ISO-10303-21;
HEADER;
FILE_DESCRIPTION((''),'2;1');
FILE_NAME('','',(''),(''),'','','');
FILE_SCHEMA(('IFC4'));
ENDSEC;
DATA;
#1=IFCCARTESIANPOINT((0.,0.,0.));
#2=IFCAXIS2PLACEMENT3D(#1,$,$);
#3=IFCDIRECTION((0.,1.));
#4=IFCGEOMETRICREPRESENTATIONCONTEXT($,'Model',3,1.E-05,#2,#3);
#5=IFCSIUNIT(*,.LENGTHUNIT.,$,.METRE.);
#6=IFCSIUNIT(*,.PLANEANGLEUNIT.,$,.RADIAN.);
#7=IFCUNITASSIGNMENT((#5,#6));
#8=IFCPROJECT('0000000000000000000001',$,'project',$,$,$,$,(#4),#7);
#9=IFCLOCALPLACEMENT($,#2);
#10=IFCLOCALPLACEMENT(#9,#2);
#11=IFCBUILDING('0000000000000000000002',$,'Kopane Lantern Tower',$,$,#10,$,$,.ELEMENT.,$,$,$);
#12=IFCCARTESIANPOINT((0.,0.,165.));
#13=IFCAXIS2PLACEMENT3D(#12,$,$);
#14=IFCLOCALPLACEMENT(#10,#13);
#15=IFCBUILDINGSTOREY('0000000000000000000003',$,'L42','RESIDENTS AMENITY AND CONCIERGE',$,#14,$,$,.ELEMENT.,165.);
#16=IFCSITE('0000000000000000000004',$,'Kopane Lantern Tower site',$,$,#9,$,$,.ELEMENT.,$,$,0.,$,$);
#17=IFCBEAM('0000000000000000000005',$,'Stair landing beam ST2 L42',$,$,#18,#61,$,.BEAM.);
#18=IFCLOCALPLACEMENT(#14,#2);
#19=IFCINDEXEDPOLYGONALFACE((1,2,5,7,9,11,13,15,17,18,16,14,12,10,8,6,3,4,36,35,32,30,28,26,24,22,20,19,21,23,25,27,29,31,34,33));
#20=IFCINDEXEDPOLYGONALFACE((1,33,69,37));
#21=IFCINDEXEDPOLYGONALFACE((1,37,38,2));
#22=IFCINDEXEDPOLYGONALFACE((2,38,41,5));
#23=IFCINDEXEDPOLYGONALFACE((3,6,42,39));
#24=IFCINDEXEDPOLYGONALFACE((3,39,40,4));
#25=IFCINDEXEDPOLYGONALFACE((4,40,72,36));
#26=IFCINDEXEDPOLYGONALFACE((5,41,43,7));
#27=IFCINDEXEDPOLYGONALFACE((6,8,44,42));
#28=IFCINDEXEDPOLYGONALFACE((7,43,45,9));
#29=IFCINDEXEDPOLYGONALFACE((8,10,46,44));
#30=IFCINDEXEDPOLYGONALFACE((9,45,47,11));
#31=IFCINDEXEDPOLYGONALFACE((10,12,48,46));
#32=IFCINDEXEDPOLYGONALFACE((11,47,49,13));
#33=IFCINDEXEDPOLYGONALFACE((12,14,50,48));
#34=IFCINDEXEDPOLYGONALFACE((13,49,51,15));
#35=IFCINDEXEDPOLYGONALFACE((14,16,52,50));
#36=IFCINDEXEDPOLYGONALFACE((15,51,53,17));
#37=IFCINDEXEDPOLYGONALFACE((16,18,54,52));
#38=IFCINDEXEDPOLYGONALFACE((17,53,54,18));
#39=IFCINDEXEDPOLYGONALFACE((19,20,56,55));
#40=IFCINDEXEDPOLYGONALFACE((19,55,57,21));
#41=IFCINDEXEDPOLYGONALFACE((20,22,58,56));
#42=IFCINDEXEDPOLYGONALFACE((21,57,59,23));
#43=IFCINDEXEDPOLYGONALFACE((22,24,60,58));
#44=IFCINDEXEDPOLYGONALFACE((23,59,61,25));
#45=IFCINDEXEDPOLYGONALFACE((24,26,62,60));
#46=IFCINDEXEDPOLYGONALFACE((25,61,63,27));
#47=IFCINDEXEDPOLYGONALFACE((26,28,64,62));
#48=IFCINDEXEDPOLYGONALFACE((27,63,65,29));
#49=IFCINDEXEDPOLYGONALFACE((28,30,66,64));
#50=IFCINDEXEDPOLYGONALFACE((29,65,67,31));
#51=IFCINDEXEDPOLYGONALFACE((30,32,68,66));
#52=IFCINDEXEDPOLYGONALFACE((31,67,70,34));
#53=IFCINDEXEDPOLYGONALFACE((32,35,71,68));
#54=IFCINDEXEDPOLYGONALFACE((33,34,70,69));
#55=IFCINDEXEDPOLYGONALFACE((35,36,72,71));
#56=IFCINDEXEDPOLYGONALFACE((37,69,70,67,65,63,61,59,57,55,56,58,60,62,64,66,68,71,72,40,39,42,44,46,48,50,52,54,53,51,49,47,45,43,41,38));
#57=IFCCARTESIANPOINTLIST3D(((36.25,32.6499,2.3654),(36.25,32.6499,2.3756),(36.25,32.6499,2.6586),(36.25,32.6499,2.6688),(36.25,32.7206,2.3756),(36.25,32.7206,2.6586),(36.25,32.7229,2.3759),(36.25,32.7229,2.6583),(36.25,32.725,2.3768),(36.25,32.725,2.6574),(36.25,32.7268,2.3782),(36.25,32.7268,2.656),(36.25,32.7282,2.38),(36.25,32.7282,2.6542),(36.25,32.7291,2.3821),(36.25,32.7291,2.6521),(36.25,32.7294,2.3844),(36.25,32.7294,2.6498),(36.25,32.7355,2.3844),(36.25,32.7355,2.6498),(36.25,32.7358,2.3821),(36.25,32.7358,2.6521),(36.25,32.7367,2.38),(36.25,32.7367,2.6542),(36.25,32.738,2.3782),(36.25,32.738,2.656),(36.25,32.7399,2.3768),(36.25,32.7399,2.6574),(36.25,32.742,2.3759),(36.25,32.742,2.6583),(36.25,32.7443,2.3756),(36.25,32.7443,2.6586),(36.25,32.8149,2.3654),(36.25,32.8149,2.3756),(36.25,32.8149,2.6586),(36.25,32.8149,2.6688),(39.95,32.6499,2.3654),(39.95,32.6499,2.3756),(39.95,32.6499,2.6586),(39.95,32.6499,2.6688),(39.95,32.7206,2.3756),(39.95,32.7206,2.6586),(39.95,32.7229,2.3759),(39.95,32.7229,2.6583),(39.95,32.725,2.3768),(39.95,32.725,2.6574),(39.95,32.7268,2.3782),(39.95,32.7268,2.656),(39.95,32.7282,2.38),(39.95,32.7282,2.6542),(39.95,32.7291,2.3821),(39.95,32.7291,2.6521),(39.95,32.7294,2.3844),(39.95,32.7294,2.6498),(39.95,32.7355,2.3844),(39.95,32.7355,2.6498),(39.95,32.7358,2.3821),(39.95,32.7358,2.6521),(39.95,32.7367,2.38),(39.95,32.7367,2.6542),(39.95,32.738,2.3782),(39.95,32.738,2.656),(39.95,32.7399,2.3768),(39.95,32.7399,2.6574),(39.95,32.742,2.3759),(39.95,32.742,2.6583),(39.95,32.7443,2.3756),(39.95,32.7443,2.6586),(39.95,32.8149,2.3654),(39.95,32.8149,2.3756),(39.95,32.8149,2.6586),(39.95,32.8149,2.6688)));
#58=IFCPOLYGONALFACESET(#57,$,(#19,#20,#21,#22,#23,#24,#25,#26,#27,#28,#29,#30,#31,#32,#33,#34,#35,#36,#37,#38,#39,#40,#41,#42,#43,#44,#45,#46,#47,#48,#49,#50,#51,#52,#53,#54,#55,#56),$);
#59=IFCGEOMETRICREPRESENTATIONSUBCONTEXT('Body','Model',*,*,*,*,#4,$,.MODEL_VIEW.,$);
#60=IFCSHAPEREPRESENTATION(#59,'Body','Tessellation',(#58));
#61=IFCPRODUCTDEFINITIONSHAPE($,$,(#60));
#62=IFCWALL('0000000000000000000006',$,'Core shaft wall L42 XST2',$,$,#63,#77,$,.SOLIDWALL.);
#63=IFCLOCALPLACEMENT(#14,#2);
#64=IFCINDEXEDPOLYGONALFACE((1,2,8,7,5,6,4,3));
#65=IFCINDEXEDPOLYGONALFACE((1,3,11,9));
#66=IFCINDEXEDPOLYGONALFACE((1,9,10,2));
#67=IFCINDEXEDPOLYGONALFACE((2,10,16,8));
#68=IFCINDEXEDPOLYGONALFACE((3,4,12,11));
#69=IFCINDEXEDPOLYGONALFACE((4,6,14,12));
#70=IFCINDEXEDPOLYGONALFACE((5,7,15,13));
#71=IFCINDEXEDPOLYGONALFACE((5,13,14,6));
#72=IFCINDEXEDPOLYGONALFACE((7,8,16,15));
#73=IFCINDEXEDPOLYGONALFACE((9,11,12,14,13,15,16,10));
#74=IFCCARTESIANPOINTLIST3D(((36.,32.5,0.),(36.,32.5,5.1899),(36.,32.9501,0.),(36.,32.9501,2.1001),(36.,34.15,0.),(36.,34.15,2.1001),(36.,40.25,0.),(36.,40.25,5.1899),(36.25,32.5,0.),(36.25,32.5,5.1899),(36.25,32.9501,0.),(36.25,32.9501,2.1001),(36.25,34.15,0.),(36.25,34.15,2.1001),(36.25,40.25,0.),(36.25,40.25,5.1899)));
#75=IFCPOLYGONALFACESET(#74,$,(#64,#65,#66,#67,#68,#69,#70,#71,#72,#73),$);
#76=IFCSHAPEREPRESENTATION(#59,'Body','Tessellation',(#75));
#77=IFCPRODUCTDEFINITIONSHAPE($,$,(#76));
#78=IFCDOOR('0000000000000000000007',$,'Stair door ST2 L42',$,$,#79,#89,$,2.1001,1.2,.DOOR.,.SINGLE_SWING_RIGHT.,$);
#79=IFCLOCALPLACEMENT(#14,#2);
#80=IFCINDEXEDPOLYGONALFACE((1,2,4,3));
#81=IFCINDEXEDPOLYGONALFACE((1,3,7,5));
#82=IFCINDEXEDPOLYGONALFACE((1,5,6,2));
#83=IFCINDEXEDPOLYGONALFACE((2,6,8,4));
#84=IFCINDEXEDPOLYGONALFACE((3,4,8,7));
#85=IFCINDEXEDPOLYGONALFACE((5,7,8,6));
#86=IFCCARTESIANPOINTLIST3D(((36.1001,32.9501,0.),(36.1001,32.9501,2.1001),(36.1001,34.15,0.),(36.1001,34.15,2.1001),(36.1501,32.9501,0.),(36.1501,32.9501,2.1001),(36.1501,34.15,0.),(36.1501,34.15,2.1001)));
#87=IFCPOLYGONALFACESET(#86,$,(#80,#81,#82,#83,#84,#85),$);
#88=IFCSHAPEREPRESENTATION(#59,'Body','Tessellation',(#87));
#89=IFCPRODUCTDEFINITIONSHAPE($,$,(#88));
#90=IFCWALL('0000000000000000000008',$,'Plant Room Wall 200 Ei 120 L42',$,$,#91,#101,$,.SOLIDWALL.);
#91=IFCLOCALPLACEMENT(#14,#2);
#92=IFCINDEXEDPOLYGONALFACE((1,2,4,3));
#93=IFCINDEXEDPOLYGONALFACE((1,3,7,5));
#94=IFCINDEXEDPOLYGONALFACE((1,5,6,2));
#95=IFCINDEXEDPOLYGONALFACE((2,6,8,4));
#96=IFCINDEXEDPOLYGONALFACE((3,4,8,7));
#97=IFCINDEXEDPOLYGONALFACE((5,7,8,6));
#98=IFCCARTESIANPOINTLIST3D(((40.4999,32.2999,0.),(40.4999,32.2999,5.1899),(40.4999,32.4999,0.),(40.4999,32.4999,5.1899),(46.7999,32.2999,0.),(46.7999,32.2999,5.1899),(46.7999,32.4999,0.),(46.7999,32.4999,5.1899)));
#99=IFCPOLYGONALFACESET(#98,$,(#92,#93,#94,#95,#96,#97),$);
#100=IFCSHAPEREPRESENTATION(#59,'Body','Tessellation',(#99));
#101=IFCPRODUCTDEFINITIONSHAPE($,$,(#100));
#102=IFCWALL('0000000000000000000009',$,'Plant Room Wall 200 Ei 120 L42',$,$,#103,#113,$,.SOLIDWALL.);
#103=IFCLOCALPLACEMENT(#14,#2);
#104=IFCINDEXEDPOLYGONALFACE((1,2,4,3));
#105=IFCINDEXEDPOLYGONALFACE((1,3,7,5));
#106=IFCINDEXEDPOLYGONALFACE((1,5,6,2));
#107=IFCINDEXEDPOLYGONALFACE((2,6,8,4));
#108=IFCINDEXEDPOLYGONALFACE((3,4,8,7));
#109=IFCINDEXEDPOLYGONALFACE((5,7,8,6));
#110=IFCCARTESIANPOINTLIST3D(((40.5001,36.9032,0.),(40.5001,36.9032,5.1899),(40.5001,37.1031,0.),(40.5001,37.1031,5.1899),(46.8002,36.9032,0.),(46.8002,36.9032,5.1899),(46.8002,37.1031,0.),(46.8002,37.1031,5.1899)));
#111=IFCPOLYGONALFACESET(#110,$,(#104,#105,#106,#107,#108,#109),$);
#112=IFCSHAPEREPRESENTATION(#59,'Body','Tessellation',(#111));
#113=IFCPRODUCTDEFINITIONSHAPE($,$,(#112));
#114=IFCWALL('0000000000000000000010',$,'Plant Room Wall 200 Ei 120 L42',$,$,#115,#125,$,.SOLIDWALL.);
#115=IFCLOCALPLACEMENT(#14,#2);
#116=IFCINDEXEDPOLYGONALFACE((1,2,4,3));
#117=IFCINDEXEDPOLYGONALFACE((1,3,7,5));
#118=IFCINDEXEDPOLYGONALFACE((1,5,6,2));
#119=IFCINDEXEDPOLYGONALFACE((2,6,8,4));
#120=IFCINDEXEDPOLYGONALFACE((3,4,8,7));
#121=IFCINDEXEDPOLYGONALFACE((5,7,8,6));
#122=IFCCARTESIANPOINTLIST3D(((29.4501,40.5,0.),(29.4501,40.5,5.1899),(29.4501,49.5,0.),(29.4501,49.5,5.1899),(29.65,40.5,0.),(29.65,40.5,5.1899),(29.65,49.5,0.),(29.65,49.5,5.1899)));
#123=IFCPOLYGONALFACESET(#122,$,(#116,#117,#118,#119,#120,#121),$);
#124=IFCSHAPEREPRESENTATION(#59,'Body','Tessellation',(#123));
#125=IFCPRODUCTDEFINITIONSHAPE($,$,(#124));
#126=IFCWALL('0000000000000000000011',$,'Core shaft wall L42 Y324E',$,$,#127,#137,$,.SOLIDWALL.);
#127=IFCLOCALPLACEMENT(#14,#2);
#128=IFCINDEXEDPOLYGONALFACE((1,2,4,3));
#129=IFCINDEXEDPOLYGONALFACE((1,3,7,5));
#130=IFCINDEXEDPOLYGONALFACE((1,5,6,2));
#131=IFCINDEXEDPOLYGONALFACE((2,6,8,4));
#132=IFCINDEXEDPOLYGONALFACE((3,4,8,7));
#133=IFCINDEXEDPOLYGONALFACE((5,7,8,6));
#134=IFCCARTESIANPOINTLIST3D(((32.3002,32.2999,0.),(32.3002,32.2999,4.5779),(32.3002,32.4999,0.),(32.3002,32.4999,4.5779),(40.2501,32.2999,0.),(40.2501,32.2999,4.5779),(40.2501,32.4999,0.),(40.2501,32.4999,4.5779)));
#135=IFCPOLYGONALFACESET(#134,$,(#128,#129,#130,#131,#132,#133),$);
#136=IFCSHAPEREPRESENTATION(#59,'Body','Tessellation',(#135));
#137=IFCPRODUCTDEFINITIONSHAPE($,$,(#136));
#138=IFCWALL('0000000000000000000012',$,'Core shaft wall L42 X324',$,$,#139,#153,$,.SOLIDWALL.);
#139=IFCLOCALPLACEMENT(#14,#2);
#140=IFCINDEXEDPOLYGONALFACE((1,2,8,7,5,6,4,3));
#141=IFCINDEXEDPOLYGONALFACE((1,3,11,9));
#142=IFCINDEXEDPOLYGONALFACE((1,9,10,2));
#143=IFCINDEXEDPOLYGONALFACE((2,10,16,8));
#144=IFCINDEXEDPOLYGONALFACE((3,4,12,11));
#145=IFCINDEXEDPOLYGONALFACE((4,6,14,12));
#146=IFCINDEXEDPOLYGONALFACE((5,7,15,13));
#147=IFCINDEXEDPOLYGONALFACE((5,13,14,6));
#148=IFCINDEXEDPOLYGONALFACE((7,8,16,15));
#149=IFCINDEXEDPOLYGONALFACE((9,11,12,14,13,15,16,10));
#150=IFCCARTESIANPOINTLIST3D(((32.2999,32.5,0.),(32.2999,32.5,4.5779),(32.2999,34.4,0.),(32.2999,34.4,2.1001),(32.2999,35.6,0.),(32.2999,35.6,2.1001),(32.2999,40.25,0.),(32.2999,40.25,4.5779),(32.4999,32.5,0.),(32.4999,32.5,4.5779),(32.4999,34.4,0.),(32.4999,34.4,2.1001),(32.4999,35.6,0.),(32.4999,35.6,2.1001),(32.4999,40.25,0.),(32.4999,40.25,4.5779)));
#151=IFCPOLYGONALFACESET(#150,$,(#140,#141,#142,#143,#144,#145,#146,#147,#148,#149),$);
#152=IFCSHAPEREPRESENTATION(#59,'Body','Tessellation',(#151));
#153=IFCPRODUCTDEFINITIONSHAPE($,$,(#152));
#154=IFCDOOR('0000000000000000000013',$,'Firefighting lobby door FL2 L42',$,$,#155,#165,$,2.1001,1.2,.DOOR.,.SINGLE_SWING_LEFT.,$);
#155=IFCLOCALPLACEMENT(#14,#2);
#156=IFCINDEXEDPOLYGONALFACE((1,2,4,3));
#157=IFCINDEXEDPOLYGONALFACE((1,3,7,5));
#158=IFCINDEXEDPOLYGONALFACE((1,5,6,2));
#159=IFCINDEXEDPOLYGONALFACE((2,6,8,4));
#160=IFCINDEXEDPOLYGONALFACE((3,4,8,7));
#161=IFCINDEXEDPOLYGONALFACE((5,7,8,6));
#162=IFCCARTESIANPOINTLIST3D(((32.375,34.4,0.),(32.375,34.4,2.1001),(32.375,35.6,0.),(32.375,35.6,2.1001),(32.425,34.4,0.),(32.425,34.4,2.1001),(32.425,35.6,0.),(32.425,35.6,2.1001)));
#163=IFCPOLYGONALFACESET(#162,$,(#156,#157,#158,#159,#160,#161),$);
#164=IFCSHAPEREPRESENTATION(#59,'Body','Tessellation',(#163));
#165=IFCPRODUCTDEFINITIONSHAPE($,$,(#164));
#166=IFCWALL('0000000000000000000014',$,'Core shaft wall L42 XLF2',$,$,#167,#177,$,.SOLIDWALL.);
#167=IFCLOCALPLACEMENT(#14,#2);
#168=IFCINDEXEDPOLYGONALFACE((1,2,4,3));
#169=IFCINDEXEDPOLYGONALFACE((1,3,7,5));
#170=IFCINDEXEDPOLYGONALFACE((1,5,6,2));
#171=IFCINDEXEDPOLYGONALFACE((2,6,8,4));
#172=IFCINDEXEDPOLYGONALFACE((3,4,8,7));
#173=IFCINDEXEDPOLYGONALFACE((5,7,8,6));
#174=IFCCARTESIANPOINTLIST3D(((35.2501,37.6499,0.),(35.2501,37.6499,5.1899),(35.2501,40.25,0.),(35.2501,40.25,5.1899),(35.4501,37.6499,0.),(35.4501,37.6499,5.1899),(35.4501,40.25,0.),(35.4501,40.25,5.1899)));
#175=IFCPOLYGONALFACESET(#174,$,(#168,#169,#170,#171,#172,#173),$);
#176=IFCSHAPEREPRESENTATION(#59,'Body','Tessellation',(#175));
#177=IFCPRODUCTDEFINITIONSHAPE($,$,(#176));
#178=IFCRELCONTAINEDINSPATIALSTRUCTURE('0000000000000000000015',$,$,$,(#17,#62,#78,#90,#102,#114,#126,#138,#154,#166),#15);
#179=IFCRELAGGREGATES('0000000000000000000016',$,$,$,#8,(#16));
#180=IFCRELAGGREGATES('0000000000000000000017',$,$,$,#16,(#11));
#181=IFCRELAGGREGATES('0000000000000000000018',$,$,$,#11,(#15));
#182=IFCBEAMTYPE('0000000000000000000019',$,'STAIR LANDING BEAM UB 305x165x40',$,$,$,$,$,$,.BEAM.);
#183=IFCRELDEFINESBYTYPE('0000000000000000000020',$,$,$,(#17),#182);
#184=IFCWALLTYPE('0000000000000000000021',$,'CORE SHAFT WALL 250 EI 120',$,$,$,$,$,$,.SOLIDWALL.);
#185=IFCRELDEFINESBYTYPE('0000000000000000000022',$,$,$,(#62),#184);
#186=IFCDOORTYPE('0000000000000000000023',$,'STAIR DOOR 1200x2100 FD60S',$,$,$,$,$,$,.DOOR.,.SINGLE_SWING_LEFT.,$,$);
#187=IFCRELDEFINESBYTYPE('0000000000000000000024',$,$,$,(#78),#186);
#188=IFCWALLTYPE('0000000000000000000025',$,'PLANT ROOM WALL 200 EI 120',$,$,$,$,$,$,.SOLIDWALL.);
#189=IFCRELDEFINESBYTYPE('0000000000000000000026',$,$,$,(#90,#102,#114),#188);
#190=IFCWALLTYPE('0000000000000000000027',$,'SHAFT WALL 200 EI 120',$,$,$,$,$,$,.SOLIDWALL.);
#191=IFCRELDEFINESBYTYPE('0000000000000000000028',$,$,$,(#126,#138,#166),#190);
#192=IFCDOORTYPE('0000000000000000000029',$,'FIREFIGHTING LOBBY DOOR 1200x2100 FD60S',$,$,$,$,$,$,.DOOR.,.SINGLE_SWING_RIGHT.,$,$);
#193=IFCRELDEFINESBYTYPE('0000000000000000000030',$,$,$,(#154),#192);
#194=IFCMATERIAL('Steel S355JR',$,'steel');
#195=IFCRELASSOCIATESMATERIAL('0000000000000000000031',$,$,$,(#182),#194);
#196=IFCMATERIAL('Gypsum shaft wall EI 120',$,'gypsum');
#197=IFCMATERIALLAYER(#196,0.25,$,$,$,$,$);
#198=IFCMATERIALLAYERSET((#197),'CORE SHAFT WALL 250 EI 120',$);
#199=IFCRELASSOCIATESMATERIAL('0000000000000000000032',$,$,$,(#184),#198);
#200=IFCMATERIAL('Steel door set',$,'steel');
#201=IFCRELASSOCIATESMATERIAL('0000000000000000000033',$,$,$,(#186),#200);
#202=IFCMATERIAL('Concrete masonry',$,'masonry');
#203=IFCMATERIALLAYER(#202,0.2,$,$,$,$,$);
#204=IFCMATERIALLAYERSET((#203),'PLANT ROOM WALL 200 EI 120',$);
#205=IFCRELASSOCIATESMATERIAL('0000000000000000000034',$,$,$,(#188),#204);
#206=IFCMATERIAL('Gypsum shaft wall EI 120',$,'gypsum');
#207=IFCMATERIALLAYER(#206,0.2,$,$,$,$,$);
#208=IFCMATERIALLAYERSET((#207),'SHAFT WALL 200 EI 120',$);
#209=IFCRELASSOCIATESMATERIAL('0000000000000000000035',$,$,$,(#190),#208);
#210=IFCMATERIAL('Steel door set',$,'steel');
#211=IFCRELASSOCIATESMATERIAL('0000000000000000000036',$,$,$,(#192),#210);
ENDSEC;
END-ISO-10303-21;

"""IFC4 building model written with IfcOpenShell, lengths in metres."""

from ifc_helpers import new_model, si_unit, direction, frame, frame_2d, origin, origin_2d, place, context, subcontext, project, spatial, rectangle, i_section, extrude, material, layer, layer_set, material_profile, profile_set, type_object, element, fill, save


model = new_model("IFC4")

# Units and contexts
model_context = context("Model", 3, precision=1e-05, world=origin(), true_north=direction((0.0, 1.0)))
body_context = subcontext(model_context, "Body", "Model", "MODEL_VIEW")
ifc_project = project(units=[si_unit("LENGTHUNIT", "METRE"), si_unit("PLANEANGLEUNIT", "RADIAN")], contexts=[model_context])

# Site, building, storey
site_placement = place(None, origin())
site = spatial("IfcSite", under=ifc_project, at=site_placement, Name="Kopane Lantern Tower site", CompositionType="ELEMENT", RefElevation=0.0)
building_placement = place(site_placement, origin())
building = spatial("IfcBuilding", under=site, at=building_placement, Name="Kopane Lantern Tower", CompositionType="ELEMENT")
storey_placement = place(building_placement, frame((0.0, 0.0, 165.0)))
storey = spatial("IfcBuildingStorey", under=building, at=storey_placement, Name="L42", Description="RESIDENTS AMENITY AND CONCIERGE", CompositionType="ELEMENT", Elevation=165.0)

# Beam
ifc_material_1 = material(Name="Steel S355JR", Category="steel")
ifc_material_profile_1 = material_profile(ifc_material_1, i_section(OverallWidth=0.165, OverallDepth=0.3035, WebThickness=0.0061, FlangeThickness=0.0103, FilletRadius=0.0088, at=origin_2d()), Name="UB 305x165x40")
ifc_profile_set_1 = profile_set([ifc_material_profile_1], Name="Steel S355JR")
beam_type_1 = type_object("IfcBeamType", Name="STAIR LANDING BEAM UB 305x165x40", PredefinedType="BEAM", material=ifc_profile_set_1)
beam_1_placement = place(storey_placement, frame((39.95, 32.7324, 2.5171), z_axis=(-1.0, 0.0, 0.0), x_axis=(0.0, -1.0, 0.0)))
element("IfcBeam", 1, at=beam_1_placement, inside=storey, type_object=beam_type_1, Name="Stair landing beam ST2 L42", PredefinedType="BEAM", context=body_context, shape_type="SweptSolid", body=[
    extrude(i_section(OverallWidth=0.165, OverallDepth=0.3035, WebThickness=0.0061, FlangeThickness=0.0103, FilletRadius=0.0088, at=origin_2d()), origin(), (0.0, 0.0, 1.0), 3.7),
])

# Wall, opening, door
ifc_material_2 = material(Name="Gypsum shaft wall EI 120", Category="gypsum")
ifc_layer_1 = layer(ifc_material_2, 0.25)
ifc_layer_set_1 = layer_set([ifc_layer_1], Name="CORE SHAFT WALL 250 EI 120")
wall_type_1 = type_object("IfcWallType", Name="CORE SHAFT WALL 250 EI 120", PredefinedType="SOLIDWALL", material=ifc_layer_set_1)
wall_1_placement = place(storey_placement, frame((36.125, 32.5, 0.0), z_axis=(0.0, 0.0, 1.0), x_axis=(0.0, 1.0, 0.0)))
wall_1 = element("IfcWall", 2, at=wall_1_placement, inside=storey, type_object=wall_type_1, Name="Core shaft wall L42 XST2", PredefinedType="SOLIDWALL", context=body_context, shape_type="SweptSolid", body=[
    extrude(rectangle(XDim=7.75, YDim=0.25, at=frame_2d((3.875, 0.0))), origin(), (0.0, 0.0, 1.0), 5.1899),
])
opening_1_placement = place(wall_1_placement, frame((0.45, 0.0, 0.0)))
opening_1 = element("IfcOpeningElement", 3, at=opening_1_placement, cuts=wall_1, PredefinedType="OPENING", context=body_context, shape_type="SweptSolid", body=[
    extrude(rectangle(XDim=1.2, YDim=2.1001, at=frame_2d((0.6001, 1.05))), frame((0.0, 0.135, 0.0), z_axis=(0.0, -1.0, 0.0), x_axis=(1.0, 0.0, 0.0)), (0.0, 0.0, 1.0), 0.27),
])
ifc_material_3 = material(Name="Steel door set", Category="steel")
door_type_1 = type_object("IfcDoorType", Name="STAIR DOOR 1200x2100 FD60S", OperationType="SINGLE_SWING_LEFT", PredefinedType="DOOR", material=ifc_material_3)
door_1_placement = place(opening_1_placement, origin())
door_1 = element("IfcDoor", 4, at=door_1_placement, inside=storey, type_object=door_type_1, Name="Stair door ST2 L42", OperationType="SINGLE_SWING_RIGHT", OverallHeight=2.1001, OverallWidth=1.2, PredefinedType="DOOR", context=body_context, shape_type="SweptSolid", body=[
    extrude(rectangle(XDim=1.2, YDim=2.1001, at=frame_2d((0.6001, 1.05))), frame((0.0, 0.0249, 0.0), z_axis=(0.0, -1.0, 0.0), x_axis=(1.0, 0.0, 0.0)), (0.0, 0.0, 1.0), 0.05),
])
fill(opening_1, door_1)

# Walls
ifc_material_4 = material(Name="Concrete masonry", Category="masonry")
ifc_layer_2 = layer(ifc_material_4, 0.2)
ifc_layer_set_2 = layer_set([ifc_layer_2], Name="PLANT ROOM WALL 200 EI 120")
wall_type_2 = type_object("IfcWallType", Name="PLANT ROOM WALL 200 EI 120", PredefinedType="SOLIDWALL", material=ifc_layer_set_2)
for number, where, z_axis, x_axis, name in (
    (5, (40.5, 32.3999, 0.0), (0.0, 0.0, 1.0), (1.0, 0.0, 0.0), "Plant Room Wall 200 Ei 120 L42"),
    (6, (46.8, 37.0032, 0.0), (0.0, 0.0, 1.0), (-1.0, 0.0, 0.0), "Plant Room Wall 200 Ei 120 L42"),
):
    element("IfcWall", number, at=place(storey_placement, frame(where, z_axis=z_axis, x_axis=x_axis)), inside=storey, type_object=wall_type_2, Name=name, PredefinedType="SOLIDWALL", context=body_context, shape_type="SweptSolid", body=[
        extrude(rectangle(XDim=6.3, YDim=0.2, at=frame_2d((3.1499, 0.0))), origin(), (0.0, 0.0, 1.0), 5.1899),
    ])
wall_2_placement = place(storey_placement, frame((29.55, 40.5, 0.0), z_axis=(0.0, 0.0, 1.0), x_axis=(0.0, 1.0, 0.0)))
element("IfcWall", 7, at=wall_2_placement, inside=storey, type_object=wall_type_2, Name="Plant Room Wall 200 Ei 120 L42", PredefinedType="SOLIDWALL", context=body_context, shape_type="SweptSolid", body=[
    extrude(rectangle(XDim=9.0, YDim=0.2, at=frame_2d((4.5, 0.0))), origin(), (0.0, 0.0, 1.0), 5.1899),
])
ifc_material_5 = material(Name="Gypsum shaft wall EI 120", Category="gypsum")
ifc_layer_3 = layer(ifc_material_5, 0.2)
ifc_layer_set_3 = layer_set([ifc_layer_3], Name="SHAFT WALL 200 EI 120")
wall_type_3 = type_object("IfcWallType", Name="SHAFT WALL 200 EI 120", PredefinedType="SOLIDWALL", material=ifc_layer_set_3)
wall_3_placement = place(storey_placement, frame((32.3, 32.3999, 0.0), z_axis=(0.0, 0.0, 1.0), x_axis=(1.0, 0.0, 0.0)))
element("IfcWall", 8, at=wall_3_placement, inside=storey, type_object=wall_type_3, Name="Core shaft wall L42 Y324E", PredefinedType="SOLIDWALL", context=body_context, shape_type="SweptSolid", body=[
    extrude(rectangle(XDim=7.95, YDim=0.2, at=frame_2d((3.9751, 0.0))), origin(), (0.0, 0.0, 1.0), 4.5779),
])

# Wall, opening, door
wall_4_placement = place(storey_placement, frame((32.3999, 32.5, 0.0), z_axis=(0.0, 0.0, 1.0), x_axis=(0.0, 1.0, 0.0)))
wall_4 = element("IfcWall", 9, at=wall_4_placement, inside=storey, type_object=wall_type_3, Name="Core shaft wall L42 X324", PredefinedType="SOLIDWALL", context=body_context, shape_type="SweptSolid", body=[
    extrude(rectangle(XDim=7.75, YDim=0.2, at=frame_2d((3.875, 0.0))), origin(), (0.0, 0.0, 1.0), 4.5779),
])
opening_2_placement = place(wall_4_placement, frame((1.8999, 0.0, 0.0)))
opening_2 = element("IfcOpeningElement", 10, at=opening_2_placement, cuts=wall_4, PredefinedType="OPENING", context=body_context, shape_type="SweptSolid", body=[
    extrude(rectangle(XDim=1.2, YDim=2.1001, at=frame_2d((0.6001, 1.05))), frame((0.0, 0.1099, 0.0), z_axis=(0.0, -1.0, 0.0), x_axis=(1.0, 0.0, 0.0)), (0.0, 0.0, 1.0), 0.22),
])
ifc_material_6 = material(Name="Steel door set", Category="steel")
door_type_2 = type_object("IfcDoorType", Name="FIREFIGHTING LOBBY DOOR 1200x2100 FD60S", OperationType="SINGLE_SWING_RIGHT", PredefinedType="DOOR", material=ifc_material_6)
door_2_placement = place(opening_2_placement, origin())
door_2 = element("IfcDoor", 11, at=door_2_placement, inside=storey, type_object=door_type_2, Name="Firefighting lobby door FL2 L42", OperationType="SINGLE_SWING_LEFT", OverallHeight=2.1001, OverallWidth=1.2, PredefinedType="DOOR", context=body_context, shape_type="SweptSolid", body=[
    extrude(rectangle(XDim=1.2, YDim=2.1001, at=frame_2d((0.6001, 1.05))), frame((0.0, 0.0249, 0.0), z_axis=(0.0, -1.0, 0.0), x_axis=(1.0, 0.0, 0.0)), (0.0, 0.0, 1.0), 0.05),
])
fill(opening_2, door_2)

# Wall
wall_5_placement = place(storey_placement, frame((35.3501, 37.6499, 0.0), z_axis=(0.0, 0.0, 1.0), x_axis=(0.0, 1.0, 0.0)))
element("IfcWall", 12, at=wall_5_placement, inside=storey, type_object=wall_type_3, Name="Core shaft wall L42 XLF2", PredefinedType="SOLIDWALL", context=body_context, shape_type="SweptSolid", body=[
    extrude(rectangle(XDim=2.6001, YDim=0.2, at=frame_2d((1.3, 0.0))), origin(), (0.0, 0.0, 1.0), 5.1899),
])

save(model, "model.ifc")
